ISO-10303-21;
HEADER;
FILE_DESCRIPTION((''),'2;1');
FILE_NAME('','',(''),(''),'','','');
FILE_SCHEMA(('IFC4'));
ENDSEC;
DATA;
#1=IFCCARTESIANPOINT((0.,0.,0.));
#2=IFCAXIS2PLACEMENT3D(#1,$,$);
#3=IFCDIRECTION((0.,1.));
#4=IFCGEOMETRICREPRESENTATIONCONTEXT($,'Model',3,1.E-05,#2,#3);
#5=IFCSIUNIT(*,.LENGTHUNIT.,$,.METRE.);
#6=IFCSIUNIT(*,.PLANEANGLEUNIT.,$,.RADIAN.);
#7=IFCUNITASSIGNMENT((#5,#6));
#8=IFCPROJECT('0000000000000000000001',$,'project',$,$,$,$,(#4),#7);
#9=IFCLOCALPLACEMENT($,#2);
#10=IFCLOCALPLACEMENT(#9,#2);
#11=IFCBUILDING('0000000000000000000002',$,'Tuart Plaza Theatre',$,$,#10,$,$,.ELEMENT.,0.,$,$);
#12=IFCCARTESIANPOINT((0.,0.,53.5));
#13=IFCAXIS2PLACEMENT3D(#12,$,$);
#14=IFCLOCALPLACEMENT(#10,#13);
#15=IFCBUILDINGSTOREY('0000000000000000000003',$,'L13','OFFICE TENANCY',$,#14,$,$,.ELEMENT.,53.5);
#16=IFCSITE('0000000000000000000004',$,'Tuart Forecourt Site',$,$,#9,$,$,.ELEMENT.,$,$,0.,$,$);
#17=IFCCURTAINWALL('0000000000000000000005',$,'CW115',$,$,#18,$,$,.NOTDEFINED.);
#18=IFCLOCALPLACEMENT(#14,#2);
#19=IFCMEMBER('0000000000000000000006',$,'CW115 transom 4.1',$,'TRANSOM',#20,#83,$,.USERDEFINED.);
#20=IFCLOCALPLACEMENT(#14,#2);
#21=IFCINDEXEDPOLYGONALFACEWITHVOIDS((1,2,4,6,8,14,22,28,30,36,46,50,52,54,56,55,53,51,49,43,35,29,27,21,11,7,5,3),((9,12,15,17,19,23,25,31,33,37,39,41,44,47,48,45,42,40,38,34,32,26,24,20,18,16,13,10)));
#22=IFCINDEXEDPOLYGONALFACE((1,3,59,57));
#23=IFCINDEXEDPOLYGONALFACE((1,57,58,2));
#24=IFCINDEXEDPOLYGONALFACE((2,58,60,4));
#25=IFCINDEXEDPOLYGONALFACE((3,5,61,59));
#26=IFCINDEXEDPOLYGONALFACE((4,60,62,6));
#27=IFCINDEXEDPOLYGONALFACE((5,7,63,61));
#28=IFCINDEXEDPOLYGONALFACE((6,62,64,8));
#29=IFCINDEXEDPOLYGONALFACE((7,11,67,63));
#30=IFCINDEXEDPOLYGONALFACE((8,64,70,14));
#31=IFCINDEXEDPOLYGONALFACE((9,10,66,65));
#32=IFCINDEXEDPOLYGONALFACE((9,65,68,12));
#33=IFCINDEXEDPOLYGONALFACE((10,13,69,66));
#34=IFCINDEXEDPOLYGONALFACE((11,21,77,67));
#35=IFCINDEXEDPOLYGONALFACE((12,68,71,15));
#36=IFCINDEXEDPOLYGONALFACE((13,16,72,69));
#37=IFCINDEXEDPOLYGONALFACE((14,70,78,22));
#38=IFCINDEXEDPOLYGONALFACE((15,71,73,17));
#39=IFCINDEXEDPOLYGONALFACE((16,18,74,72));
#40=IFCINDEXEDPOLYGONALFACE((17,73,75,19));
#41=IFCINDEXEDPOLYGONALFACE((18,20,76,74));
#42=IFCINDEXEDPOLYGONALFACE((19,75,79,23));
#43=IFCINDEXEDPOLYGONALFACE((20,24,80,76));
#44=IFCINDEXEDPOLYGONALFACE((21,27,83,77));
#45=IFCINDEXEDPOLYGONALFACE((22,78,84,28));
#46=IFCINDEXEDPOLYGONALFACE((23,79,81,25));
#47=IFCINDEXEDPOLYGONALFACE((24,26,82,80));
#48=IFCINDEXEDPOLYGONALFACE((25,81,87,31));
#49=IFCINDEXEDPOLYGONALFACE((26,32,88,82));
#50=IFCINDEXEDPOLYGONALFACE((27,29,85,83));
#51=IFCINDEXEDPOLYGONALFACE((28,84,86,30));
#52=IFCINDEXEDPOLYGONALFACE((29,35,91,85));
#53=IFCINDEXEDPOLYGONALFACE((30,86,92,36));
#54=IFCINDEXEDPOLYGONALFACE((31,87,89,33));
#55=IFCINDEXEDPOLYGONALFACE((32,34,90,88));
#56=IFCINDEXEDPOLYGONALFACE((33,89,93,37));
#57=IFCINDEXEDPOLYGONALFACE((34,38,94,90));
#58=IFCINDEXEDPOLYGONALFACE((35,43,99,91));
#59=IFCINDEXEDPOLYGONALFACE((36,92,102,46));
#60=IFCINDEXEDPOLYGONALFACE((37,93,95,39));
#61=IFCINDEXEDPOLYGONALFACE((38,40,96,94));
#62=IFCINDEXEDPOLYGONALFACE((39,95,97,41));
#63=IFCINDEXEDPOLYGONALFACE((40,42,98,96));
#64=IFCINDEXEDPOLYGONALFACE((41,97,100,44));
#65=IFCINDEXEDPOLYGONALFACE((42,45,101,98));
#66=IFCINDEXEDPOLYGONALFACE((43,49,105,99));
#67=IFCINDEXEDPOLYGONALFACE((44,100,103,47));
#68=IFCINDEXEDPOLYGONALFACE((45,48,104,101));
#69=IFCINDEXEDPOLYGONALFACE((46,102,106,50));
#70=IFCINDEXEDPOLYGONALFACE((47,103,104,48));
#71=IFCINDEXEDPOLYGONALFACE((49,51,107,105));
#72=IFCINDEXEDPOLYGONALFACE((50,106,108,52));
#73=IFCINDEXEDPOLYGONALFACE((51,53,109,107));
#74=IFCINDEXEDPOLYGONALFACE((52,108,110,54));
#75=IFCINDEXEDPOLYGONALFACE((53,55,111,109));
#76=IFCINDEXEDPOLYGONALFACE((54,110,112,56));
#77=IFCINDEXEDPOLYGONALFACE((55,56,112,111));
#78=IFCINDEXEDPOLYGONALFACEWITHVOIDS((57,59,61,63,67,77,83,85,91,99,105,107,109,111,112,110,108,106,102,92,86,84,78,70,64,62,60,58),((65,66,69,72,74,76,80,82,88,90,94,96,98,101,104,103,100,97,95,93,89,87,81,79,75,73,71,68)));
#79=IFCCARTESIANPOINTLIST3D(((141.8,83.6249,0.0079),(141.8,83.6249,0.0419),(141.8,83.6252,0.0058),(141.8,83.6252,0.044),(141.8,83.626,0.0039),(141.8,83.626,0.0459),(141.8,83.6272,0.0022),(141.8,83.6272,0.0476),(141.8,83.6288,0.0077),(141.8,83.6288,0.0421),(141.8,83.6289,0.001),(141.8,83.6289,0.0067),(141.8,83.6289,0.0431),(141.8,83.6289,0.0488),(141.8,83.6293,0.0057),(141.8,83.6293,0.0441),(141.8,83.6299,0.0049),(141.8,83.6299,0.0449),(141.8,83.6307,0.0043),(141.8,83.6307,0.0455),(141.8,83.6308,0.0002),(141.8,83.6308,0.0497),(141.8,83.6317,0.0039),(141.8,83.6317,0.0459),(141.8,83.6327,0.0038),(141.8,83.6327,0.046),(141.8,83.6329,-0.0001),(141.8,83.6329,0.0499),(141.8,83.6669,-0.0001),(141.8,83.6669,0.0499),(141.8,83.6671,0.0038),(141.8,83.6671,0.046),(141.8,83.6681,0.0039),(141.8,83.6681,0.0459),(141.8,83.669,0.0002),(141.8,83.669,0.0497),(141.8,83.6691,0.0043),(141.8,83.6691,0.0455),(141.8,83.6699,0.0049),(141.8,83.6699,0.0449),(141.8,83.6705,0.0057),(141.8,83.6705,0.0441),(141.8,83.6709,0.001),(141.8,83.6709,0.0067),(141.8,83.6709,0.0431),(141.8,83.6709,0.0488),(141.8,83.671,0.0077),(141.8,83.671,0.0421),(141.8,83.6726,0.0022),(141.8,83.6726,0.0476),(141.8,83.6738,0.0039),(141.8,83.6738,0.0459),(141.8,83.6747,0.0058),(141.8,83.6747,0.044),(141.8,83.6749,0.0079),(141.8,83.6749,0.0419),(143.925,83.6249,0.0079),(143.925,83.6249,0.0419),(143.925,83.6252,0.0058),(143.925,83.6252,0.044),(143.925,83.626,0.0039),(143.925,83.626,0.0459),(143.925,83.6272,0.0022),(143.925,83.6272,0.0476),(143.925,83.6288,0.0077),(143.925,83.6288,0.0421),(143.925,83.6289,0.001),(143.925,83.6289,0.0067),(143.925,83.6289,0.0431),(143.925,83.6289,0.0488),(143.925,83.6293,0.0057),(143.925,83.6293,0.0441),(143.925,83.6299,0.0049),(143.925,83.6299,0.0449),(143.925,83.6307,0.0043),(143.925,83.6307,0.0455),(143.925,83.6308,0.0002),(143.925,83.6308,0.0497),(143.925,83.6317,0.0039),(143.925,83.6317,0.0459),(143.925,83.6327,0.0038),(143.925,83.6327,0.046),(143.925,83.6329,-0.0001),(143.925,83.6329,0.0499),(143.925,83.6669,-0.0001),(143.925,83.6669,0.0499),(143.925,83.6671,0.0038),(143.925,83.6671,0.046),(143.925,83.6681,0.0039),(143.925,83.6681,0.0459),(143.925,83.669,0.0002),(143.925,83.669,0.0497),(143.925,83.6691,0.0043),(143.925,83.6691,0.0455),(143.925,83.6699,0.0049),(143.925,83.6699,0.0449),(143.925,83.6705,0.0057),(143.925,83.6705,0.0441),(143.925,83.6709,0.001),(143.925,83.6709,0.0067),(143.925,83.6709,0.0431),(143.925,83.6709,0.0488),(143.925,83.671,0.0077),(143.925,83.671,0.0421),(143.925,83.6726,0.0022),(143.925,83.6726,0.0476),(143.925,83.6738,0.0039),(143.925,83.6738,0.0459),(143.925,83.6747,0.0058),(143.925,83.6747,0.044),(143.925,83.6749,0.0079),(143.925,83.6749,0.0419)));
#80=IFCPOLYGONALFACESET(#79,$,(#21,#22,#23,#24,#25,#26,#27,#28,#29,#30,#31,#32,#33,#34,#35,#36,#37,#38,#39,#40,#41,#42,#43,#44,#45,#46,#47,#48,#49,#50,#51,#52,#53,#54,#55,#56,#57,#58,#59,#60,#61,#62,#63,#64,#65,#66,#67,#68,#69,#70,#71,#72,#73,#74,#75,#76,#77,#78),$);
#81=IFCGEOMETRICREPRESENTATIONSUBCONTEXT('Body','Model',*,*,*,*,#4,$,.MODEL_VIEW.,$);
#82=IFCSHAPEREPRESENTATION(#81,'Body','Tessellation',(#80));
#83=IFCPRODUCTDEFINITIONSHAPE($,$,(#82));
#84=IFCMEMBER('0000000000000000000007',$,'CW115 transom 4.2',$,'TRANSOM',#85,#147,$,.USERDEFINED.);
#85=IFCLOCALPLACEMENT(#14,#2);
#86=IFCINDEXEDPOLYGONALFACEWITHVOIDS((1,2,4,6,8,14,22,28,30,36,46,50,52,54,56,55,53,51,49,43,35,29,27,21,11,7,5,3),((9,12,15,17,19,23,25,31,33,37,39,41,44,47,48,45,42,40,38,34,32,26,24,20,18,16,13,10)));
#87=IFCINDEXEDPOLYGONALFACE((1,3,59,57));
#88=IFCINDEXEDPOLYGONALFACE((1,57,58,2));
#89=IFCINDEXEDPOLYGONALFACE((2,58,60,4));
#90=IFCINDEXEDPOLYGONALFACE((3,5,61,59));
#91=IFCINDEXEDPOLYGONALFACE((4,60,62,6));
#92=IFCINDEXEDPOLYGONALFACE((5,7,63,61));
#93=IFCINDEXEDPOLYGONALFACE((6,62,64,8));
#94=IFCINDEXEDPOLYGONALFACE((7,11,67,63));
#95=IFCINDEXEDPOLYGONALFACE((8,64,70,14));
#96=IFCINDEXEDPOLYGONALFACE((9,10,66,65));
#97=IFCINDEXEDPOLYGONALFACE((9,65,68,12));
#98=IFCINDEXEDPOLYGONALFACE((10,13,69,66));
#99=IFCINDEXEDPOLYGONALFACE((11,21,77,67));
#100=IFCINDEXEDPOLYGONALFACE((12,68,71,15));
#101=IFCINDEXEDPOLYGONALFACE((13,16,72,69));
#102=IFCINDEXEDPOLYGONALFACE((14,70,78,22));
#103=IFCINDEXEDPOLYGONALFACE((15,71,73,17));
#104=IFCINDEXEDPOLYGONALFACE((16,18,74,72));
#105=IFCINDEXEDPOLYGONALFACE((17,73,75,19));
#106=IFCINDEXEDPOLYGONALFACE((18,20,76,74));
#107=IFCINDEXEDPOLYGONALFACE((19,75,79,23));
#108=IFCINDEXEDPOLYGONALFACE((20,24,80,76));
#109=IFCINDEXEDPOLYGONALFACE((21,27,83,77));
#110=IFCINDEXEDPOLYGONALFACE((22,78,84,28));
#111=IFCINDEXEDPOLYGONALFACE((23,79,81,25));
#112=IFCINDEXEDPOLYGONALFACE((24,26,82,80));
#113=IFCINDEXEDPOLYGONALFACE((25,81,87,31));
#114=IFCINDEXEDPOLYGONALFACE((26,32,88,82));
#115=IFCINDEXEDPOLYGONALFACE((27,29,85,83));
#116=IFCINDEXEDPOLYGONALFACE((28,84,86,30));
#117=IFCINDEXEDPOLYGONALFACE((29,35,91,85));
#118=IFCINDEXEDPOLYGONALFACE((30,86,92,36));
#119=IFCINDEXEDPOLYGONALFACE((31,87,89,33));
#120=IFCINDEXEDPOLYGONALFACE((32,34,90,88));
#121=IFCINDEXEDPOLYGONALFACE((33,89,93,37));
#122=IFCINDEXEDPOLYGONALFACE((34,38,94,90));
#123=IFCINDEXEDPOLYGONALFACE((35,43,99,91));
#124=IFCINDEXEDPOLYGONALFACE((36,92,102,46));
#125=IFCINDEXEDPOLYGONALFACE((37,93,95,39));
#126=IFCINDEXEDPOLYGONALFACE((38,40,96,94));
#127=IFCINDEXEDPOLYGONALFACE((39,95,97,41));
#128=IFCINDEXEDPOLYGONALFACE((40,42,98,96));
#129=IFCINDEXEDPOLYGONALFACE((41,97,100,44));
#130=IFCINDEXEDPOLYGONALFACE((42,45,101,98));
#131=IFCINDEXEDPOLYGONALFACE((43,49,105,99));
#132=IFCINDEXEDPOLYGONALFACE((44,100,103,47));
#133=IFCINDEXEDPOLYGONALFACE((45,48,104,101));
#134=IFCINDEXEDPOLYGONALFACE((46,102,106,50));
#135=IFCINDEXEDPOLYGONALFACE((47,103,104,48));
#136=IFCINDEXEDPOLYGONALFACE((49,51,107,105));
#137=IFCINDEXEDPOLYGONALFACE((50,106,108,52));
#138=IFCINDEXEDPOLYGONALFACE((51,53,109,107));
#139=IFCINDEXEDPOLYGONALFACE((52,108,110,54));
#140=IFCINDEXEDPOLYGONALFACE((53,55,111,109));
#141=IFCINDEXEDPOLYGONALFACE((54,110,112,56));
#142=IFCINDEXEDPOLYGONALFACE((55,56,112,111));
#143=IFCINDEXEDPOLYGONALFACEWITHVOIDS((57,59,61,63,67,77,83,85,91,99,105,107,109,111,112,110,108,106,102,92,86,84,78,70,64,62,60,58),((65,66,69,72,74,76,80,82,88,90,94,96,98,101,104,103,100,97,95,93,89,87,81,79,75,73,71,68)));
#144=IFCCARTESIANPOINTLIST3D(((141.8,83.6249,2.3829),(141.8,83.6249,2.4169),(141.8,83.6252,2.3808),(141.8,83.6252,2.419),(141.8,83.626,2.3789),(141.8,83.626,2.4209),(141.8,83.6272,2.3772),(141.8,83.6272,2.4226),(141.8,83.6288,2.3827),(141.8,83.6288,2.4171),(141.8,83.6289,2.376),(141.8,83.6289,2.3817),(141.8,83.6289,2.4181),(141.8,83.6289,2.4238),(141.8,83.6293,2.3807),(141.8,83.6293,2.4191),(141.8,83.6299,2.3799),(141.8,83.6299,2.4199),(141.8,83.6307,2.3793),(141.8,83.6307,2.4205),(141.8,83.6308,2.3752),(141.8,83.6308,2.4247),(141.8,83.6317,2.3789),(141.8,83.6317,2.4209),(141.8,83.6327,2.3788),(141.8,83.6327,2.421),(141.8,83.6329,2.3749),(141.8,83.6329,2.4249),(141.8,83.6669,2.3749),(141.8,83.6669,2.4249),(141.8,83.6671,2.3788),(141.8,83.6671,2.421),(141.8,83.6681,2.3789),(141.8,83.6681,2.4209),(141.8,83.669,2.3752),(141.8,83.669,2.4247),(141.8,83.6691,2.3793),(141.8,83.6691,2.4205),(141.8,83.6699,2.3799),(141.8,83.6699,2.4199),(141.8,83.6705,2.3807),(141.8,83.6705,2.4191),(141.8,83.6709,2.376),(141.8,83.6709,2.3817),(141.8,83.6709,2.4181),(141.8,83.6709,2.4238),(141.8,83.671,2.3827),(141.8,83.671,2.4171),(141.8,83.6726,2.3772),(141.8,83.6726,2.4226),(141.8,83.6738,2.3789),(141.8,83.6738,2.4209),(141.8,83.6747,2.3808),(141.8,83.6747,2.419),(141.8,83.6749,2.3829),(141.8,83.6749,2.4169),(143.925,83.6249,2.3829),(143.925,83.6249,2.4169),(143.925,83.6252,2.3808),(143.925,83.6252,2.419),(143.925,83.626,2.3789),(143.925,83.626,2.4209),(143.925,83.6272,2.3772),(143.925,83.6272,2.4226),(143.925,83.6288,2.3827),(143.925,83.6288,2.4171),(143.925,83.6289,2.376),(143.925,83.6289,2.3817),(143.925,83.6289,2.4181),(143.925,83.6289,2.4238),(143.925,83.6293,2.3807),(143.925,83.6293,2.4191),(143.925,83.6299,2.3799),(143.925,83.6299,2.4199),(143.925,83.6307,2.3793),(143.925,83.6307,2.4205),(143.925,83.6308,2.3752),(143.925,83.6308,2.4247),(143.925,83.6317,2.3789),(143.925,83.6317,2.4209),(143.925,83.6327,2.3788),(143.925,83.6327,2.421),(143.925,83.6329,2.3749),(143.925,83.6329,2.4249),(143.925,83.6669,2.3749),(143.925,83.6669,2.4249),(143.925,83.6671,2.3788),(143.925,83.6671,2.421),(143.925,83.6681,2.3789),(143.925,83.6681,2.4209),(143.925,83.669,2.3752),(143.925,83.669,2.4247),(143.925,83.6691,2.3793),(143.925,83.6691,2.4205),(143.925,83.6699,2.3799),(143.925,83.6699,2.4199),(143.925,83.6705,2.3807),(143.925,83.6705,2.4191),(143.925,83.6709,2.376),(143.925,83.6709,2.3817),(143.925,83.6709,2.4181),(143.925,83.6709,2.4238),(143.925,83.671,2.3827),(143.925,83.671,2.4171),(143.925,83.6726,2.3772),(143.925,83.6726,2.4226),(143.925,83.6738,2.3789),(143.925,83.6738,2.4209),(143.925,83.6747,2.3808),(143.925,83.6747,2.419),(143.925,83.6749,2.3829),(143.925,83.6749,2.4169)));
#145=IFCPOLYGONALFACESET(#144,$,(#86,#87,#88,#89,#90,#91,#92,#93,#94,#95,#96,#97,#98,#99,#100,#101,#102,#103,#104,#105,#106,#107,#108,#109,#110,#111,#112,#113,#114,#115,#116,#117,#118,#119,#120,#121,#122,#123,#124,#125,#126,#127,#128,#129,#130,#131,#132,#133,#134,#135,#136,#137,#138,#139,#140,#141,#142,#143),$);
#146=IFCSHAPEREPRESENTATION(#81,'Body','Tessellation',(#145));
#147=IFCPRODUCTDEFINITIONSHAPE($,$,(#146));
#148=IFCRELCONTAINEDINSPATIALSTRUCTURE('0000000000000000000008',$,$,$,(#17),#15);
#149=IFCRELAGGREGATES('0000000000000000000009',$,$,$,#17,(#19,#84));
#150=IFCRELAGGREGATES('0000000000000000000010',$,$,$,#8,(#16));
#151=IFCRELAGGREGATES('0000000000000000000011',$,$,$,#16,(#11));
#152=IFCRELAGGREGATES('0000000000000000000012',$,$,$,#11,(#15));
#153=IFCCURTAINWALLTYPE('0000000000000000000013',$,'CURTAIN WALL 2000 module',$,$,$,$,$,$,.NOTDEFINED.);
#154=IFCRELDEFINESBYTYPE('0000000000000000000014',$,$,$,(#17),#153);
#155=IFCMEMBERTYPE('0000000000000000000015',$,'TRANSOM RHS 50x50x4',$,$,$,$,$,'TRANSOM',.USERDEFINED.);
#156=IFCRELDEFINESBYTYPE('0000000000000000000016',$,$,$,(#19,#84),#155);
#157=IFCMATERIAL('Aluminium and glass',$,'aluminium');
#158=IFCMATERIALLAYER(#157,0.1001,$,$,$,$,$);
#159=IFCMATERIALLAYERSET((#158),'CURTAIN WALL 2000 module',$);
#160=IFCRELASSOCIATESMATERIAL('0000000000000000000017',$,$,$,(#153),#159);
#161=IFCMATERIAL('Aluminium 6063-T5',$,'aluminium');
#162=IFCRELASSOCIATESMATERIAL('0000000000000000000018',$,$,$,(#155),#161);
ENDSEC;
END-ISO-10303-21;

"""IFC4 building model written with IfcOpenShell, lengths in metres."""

from ifc_helpers import new_model, si_unit, direction, frame, origin, origin_2d, place, context, subcontext, project, spatial, hollow_rectangle, extrude, material, layer, layer_set, material_profile, profile_set, type_object, element, aggregate, save


model = new_model("IFC4")

# Units and contexts
model_context = context("Model", 3, precision=1e-05, world=origin(), true_north=direction((0.0, 1.0)))
body_context = subcontext(model_context, "Body", "Model", "MODEL_VIEW")
ifc_project = project(units=[si_unit("LENGTHUNIT", "METRE"), si_unit("PLANEANGLEUNIT", "RADIAN")], contexts=[model_context])

# Site, building, storey
site_placement = place(None, origin())
site = spatial("IfcSite", under=ifc_project, at=site_placement, Name="Tuart Forecourt Site", CompositionType="ELEMENT", RefElevation=0.0)
building_placement = place(site_placement, origin())
building = spatial("IfcBuilding", under=site, at=building_placement, Name="Tuart Plaza Theatre", CompositionType="ELEMENT", ElevationOfRefHeight=0.0)
storey_placement = place(building_placement, frame((0.0, 0.0, 53.5)))
storey = spatial("IfcBuildingStorey", under=building, at=storey_placement, Name="L13", Description="OFFICE TENANCY", CompositionType="ELEMENT", Elevation=53.5)

# Curtain wall
ifc_material_1 = material(Name="Aluminium and glass", Category="aluminium")
ifc_layer_1 = layer(ifc_material_1, 0.1001)
ifc_layer_set_1 = layer_set([ifc_layer_1], Name="CURTAIN WALL 2000 module")
curtain_wall_type = type_object("IfcCurtainWallType", Name="CURTAIN WALL 2000 module", PredefinedType="NOTDEFINED", material=ifc_layer_set_1)
curtain_wall_1_placement = place(storey_placement, origin())
curtain_wall_1 = element("IfcCurtainWall", 1, at=curtain_wall_1_placement, inside=storey, type_object=curtain_wall_type, Name="CW115", PredefinedType="NOTDEFINED")

# Members
ifc_material_2 = material(Name="Aluminium 6063-T5", Category="aluminium")
ifc_material_profile_1 = material_profile(ifc_material_2, hollow_rectangle(XDim=0.05, YDim=0.05, WallThickness=0.0039, InnerFilletRadius=0.0039, OuterFilletRadius=0.0081, at=origin_2d()), Name="RHS 50x50x4")
ifc_profile_set_1 = profile_set([ifc_material_profile_1], Name="Aluminium 6063-T5")
member_type_1 = type_object("IfcMemberType", Name="TRANSOM RHS 50x50x4", ElementType="TRANSOM", PredefinedType="USERDEFINED", material=ifc_profile_set_1)
member_1_placement = place(storey_placement, frame((143.925, 83.6499, 0.0249), z_axis=(-1.0, 0.0, 0.0), x_axis=(0.0, -1.0, 0.0)))
member_1 = element("IfcMember", 2, at=member_1_placement, type_object=member_type_1, Name="CW115 transom 4.1", ObjectType="TRANSOM", PredefinedType="USERDEFINED", context=body_context, shape_type="SweptSolid", body=[
    extrude(hollow_rectangle(XDim=0.05, YDim=0.05, WallThickness=0.0039, InnerFilletRadius=0.0039, OuterFilletRadius=0.0081, at=origin_2d()), origin(), (0.0, 0.0, 1.0), 2.125),
])
member_2_placement = place(storey_placement, frame((143.925, 83.6499, 2.3999), z_axis=(-1.0, 0.0, 0.0), x_axis=(0.0, -1.0, 0.0)))
member_2 = element("IfcMember", 3, at=member_2_placement, type_object=member_type_1, Name="CW115 transom 4.2", ObjectType="TRANSOM", PredefinedType="USERDEFINED", context=body_context, shape_type="SweptSolid", body=[
    extrude(hollow_rectangle(XDim=0.05, YDim=0.05, WallThickness=0.0039, InnerFilletRadius=0.0039, OuterFilletRadius=0.0081, at=origin_2d()), origin(), (0.0, 0.0, 1.0), 2.125),
])

aggregate(curtain_wall_1, [member_1, member_2])

save(model, "model.ifc")
